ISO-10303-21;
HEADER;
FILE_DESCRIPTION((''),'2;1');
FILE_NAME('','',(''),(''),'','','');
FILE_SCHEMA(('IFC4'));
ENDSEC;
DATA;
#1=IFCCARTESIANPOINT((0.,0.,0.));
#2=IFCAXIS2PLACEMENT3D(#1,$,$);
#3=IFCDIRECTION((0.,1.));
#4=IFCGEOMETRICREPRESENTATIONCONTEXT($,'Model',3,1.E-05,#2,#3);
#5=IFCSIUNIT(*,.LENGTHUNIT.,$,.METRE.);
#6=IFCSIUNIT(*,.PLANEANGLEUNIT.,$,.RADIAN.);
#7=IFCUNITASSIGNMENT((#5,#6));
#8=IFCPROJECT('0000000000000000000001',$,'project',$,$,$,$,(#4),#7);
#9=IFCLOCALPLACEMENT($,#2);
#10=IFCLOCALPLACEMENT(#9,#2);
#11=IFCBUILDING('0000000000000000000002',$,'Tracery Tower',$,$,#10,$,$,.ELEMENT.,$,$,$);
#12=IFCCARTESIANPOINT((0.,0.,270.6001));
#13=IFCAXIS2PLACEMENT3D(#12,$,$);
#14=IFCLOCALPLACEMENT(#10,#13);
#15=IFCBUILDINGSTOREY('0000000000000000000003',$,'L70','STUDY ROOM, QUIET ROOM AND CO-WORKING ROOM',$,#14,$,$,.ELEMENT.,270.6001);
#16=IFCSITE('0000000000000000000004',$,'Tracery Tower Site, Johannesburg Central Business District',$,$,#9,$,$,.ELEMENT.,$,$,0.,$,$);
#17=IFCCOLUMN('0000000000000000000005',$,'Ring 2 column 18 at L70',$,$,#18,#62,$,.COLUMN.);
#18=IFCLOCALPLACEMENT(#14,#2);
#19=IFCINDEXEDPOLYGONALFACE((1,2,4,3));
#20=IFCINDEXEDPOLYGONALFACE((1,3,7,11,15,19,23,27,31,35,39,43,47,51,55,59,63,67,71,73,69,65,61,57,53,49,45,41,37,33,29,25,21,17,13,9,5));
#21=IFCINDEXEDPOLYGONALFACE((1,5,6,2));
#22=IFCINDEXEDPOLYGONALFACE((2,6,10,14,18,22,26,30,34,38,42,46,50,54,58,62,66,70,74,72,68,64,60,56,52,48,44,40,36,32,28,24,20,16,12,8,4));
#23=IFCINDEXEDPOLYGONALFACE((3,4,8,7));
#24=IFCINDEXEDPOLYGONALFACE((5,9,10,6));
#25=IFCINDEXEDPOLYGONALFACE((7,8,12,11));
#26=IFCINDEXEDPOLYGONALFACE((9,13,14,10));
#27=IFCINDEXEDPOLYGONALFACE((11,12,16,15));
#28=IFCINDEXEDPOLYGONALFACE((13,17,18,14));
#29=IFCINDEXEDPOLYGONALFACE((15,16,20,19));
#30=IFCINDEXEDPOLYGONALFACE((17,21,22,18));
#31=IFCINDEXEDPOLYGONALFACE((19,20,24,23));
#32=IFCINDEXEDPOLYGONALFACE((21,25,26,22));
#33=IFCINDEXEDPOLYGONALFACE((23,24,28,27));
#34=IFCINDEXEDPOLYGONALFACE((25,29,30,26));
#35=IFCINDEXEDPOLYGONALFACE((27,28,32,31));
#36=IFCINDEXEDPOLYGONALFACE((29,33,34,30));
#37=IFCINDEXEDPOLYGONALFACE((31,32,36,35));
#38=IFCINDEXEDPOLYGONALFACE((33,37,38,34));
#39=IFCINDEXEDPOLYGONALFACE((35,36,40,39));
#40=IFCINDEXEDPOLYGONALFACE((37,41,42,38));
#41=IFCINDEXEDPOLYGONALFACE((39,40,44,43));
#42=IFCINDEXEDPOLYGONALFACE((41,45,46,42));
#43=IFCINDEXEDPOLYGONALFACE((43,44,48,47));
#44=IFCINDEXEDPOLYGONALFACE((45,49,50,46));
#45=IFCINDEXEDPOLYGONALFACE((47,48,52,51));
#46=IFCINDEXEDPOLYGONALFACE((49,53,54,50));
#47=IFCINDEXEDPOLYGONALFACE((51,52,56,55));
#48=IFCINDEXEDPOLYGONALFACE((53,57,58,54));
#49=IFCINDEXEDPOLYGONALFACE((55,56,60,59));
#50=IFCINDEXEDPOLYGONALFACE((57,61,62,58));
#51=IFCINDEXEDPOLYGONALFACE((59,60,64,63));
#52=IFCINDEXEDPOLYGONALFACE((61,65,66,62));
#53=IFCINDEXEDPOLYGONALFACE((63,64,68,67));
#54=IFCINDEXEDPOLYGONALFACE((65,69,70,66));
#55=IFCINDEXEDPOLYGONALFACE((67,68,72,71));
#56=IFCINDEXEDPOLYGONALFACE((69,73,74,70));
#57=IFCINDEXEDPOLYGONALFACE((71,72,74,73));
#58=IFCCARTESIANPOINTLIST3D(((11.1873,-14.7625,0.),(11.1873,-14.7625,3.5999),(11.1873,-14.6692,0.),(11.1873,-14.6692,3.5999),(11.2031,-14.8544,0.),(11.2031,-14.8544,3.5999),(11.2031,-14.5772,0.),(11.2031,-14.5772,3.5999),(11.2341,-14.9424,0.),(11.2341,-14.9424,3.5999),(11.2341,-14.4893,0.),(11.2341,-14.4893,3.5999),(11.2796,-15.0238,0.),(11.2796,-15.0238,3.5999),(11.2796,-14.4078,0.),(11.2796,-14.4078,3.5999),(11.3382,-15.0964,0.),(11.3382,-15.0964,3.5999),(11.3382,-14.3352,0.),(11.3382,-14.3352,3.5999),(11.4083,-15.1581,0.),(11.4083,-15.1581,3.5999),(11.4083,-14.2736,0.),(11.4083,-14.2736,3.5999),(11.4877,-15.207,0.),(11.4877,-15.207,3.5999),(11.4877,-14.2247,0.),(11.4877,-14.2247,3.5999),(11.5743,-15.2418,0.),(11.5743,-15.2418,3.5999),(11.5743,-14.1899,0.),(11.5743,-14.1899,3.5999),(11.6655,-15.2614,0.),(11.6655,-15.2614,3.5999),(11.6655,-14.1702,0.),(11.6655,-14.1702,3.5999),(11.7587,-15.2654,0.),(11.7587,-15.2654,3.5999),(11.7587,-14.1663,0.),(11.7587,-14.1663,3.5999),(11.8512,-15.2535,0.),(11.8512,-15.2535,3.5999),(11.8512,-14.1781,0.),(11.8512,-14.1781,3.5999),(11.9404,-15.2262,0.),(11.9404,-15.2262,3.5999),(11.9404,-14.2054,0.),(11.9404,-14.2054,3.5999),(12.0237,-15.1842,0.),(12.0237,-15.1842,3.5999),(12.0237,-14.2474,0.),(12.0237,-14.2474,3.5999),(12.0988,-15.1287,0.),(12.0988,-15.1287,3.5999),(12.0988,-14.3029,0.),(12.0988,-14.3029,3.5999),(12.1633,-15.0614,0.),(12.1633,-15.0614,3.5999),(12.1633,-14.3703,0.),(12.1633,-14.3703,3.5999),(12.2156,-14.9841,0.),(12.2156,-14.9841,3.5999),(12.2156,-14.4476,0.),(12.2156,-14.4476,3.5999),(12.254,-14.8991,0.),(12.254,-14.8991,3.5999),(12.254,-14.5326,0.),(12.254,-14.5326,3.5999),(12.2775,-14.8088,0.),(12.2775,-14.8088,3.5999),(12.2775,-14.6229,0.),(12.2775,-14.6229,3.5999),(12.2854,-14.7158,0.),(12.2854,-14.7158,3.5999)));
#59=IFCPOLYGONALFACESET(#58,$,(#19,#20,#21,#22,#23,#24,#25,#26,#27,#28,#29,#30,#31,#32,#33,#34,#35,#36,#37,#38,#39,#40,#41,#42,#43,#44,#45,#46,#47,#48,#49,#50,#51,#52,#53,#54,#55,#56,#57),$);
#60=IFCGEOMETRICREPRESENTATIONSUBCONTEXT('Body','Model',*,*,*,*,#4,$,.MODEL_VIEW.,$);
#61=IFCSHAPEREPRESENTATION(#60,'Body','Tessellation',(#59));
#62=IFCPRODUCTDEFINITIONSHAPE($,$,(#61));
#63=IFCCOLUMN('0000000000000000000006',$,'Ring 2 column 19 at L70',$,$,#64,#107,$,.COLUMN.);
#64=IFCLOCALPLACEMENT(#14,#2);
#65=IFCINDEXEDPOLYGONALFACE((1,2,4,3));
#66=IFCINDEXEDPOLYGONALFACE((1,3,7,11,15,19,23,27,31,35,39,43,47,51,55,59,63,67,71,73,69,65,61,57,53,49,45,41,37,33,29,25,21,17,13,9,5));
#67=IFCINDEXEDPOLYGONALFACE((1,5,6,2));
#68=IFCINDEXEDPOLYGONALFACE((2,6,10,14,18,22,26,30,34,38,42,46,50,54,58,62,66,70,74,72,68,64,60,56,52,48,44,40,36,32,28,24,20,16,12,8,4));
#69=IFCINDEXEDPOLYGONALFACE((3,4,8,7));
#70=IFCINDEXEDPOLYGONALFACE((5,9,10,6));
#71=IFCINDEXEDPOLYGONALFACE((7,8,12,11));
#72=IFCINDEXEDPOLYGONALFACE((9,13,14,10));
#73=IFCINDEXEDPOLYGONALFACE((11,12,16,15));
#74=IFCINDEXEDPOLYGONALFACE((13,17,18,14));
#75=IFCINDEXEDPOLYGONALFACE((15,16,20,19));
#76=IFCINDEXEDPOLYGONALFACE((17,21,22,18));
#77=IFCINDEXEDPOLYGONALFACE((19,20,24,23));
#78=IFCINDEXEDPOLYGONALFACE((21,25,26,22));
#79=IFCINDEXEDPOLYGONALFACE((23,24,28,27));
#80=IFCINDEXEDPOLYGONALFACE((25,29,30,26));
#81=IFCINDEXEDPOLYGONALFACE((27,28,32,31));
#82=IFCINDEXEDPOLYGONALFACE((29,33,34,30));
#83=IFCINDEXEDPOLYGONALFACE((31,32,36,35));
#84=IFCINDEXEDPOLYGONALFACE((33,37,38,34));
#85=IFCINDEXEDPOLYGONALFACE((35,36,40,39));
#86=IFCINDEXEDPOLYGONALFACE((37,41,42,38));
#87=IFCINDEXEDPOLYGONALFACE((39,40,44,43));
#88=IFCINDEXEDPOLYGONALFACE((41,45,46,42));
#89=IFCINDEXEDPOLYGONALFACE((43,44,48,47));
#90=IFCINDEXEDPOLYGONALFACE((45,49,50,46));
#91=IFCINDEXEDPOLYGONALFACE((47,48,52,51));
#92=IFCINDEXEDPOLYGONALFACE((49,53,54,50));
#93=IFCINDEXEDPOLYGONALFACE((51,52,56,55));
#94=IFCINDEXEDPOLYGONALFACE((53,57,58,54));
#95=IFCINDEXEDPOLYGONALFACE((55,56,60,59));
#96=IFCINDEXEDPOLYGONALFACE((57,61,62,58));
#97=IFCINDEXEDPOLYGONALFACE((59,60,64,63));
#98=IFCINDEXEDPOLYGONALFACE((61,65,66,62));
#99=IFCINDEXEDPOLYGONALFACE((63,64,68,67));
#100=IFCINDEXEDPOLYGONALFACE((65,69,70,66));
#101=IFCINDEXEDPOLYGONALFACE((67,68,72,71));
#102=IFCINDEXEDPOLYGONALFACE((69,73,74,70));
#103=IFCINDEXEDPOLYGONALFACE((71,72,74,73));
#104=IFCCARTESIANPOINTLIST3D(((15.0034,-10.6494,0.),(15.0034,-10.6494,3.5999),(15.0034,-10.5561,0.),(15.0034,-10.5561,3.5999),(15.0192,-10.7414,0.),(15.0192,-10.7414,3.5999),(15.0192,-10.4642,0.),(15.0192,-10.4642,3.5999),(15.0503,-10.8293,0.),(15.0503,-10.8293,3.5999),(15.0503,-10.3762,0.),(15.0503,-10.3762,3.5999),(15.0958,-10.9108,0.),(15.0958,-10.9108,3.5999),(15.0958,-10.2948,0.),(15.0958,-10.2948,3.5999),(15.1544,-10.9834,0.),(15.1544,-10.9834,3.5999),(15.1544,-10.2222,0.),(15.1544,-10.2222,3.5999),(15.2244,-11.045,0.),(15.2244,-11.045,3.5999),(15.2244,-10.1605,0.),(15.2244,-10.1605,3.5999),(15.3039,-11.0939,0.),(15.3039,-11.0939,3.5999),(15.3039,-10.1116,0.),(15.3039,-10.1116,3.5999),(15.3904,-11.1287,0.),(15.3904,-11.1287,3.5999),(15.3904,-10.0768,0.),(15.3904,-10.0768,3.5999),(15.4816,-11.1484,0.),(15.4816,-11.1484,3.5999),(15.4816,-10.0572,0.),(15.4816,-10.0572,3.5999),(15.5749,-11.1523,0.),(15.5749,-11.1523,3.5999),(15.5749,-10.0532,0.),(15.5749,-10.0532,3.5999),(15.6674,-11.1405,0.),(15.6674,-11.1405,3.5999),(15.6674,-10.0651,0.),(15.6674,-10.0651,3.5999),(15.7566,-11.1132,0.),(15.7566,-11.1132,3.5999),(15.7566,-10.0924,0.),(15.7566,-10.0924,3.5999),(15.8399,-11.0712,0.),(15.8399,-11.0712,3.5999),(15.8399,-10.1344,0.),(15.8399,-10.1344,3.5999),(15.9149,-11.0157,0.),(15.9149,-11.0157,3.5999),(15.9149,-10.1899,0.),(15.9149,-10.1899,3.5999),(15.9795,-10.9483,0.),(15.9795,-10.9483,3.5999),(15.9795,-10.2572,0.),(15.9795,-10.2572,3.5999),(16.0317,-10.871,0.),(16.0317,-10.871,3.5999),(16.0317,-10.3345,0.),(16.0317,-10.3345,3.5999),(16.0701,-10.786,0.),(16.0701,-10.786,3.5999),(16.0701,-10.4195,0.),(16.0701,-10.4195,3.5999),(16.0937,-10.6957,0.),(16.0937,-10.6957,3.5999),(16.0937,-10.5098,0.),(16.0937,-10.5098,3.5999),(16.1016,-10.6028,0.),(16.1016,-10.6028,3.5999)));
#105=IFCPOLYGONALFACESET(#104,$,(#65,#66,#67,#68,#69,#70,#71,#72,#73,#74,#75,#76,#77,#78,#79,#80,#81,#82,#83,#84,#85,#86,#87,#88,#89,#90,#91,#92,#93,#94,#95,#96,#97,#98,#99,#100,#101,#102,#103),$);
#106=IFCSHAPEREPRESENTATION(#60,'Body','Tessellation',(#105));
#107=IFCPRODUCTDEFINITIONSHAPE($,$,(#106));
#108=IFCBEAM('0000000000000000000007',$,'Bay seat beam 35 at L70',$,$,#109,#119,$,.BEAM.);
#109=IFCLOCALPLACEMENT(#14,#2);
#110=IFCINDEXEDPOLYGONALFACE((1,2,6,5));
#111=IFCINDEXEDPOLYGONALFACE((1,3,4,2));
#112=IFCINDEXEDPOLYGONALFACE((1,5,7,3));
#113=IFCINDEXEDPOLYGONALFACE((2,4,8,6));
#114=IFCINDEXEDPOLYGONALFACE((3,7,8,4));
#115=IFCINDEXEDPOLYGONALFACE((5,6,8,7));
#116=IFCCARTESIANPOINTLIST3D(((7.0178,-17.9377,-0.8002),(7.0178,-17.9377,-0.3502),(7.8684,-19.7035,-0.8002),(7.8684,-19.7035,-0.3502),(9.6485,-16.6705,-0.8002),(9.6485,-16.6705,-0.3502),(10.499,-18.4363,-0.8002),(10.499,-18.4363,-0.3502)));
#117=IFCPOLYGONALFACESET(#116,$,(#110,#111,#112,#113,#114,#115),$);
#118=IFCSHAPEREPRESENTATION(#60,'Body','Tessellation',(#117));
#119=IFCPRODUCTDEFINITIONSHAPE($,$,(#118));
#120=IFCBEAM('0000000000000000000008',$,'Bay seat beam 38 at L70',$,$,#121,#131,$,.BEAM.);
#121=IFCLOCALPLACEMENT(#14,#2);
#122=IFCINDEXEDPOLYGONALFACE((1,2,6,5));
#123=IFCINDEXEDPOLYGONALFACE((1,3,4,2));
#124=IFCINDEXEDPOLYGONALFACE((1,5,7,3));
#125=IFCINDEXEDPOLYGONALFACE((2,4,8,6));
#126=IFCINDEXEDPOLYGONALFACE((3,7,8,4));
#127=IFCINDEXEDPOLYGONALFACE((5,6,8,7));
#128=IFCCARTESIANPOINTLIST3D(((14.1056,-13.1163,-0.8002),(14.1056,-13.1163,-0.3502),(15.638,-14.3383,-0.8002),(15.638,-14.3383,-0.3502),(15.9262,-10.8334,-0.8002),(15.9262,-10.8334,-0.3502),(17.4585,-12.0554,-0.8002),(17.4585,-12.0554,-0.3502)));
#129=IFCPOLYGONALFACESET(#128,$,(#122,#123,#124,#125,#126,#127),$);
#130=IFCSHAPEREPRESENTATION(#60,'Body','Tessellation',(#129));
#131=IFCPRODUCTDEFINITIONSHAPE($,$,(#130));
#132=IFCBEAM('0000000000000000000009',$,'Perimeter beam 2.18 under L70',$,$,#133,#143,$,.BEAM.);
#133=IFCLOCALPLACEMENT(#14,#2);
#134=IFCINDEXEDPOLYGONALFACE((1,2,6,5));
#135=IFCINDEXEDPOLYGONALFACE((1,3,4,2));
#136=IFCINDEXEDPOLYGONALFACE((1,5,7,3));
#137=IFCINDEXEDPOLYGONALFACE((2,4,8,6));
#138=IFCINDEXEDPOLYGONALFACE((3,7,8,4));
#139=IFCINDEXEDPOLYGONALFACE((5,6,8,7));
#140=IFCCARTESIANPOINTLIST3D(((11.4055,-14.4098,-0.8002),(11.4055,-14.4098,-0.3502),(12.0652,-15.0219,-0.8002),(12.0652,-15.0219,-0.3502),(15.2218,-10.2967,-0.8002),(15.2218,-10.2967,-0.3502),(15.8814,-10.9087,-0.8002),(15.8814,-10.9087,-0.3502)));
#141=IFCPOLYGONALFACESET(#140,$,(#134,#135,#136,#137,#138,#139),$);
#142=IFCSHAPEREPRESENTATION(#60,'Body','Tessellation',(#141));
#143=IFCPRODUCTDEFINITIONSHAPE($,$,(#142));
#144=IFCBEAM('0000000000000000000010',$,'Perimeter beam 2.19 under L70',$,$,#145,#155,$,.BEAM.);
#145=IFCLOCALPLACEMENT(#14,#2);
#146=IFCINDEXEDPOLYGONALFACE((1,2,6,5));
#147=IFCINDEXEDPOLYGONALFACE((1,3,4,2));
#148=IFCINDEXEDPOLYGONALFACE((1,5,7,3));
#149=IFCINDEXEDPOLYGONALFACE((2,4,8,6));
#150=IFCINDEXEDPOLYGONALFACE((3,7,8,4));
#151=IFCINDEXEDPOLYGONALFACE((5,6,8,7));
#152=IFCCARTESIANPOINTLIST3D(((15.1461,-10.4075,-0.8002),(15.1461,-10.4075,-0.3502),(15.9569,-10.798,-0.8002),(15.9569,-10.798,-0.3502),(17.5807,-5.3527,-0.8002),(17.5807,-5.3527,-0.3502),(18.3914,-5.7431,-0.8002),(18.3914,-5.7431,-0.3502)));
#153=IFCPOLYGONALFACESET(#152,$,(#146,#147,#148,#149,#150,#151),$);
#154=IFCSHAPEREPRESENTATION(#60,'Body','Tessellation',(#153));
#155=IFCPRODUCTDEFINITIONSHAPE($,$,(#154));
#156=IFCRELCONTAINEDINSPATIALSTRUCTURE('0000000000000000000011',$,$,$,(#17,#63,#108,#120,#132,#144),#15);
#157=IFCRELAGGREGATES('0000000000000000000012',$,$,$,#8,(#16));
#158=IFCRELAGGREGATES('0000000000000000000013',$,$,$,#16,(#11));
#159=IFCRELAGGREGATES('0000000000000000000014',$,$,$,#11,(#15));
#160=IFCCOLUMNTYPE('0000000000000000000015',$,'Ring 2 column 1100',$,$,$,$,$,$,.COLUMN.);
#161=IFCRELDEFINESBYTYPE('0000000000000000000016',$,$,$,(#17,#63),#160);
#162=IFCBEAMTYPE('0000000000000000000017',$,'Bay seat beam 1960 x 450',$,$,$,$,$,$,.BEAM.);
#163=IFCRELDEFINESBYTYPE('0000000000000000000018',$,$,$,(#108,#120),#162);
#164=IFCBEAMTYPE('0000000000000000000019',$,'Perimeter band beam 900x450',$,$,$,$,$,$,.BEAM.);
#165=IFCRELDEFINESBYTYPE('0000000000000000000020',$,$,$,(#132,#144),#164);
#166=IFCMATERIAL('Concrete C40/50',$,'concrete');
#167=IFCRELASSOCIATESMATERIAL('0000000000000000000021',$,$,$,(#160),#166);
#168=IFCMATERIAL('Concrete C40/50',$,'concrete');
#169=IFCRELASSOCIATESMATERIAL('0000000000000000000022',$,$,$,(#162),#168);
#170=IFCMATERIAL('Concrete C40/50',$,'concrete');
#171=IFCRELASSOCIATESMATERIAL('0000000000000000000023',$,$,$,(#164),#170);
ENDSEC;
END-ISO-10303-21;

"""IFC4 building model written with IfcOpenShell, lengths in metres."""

from ifc_helpers import new_model, si_unit, direction, frame, origin, origin_2d, place, context, subcontext, project, spatial, rectangle, circle, extrude, material, material_profile, profile_set, type_object, element, save


model = new_model("IFC4")

# Units and contexts
model_context = context("Model", 3, precision=1e-05, world=origin(), true_north=direction((0.0, 1.0)))
body_context = subcontext(model_context, "Body", "Model", "MODEL_VIEW")
ifc_project = project(units=[si_unit("LENGTHUNIT", "METRE"), si_unit("PLANEANGLEUNIT", "RADIAN")], contexts=[model_context])

# Site, building, storey
site_placement = place(None, origin())
site = spatial("IfcSite", under=ifc_project, at=site_placement, Name="Tracery Tower Site, Johannesburg Central Business District", CompositionType="ELEMENT", RefElevation=0.0)
building_placement = place(site_placement, origin())
building = spatial("IfcBuilding", under=site, at=building_placement, Name="Tracery Tower", CompositionType="ELEMENT")
storey_placement = place(building_placement, frame((0.0, 0.0, 270.6001)))
storey = spatial("IfcBuildingStorey", under=building, at=storey_placement, Name="L70", Description="STUDY ROOM, QUIET ROOM AND CO-WORKING ROOM", CompositionType="ELEMENT", Elevation=270.6001)

# Columns
ifc_material_1 = material(Name="Concrete C40/50", Category="concrete")
ifc_material_profile_1 = material_profile(ifc_material_1, circle(Radius=0.55, at=origin_2d()), Name="RC D1100")
ifc_profile_set_1 = profile_set([ifc_material_profile_1], Name="Concrete C40/50")
column_type = type_object("IfcColumnType", Name="Ring 2 column 1100", PredefinedType="COLUMN", material=ifc_profile_set_1)
for number, where, z_axis, x_axis, name in (
    (1, (11.7354, -14.7158, 0.0), (0.0, 0.0, 1.0), (1.0, 0.0, 0.0), "Ring 2 column 18 at L70"),
    (2, (15.5515, -10.6028, 0.0), (0.0, 0.0, 1.0), (1.0, 0.0, 0.0), "Ring 2 column 19 at L70"),
):
    element("IfcColumn", number, at=place(storey_placement, frame(where, z_axis=z_axis, x_axis=x_axis)), inside=storey, type_object=column_type, Name=name, PredefinedType="COLUMN", context=body_context, shape_type="SweptSolid", body=[
        extrude(circle(Radius=0.55, at=origin_2d()), origin(), (0.0, 0.0, 1.0), 3.5999),
    ])

# Beams
ifc_material_2 = material(Name="Concrete C40/50", Category="concrete")
ifc_material_profile_2 = material_profile(ifc_material_2, rectangle(XDim=1.96, YDim=0.45, at=origin_2d()), Name="RC 1960x450")
ifc_profile_set_2 = profile_set([ifc_material_profile_2], Name="Concrete C40/50")
beam_type_1 = type_object("IfcBeamType", Name="Bay seat beam 1960 x 450", PredefinedType="BEAM", material=ifc_profile_set_2)
for number, where, z_axis, x_axis, name in (
    (3, (7.4431, -18.8206, -0.5752), (0.900935, 0.433954, 0.0), (-0.433954, 0.900935, 0.0), "Bay seat beam 35 at L70"),
    (4, (14.8718, -13.7273, -0.5752), (0.623481, 0.781839, 0.0), (-0.781839, 0.623481, 0.0), "Bay seat beam 38 at L70"),
):
    element("IfcBeam", number, at=place(storey_placement, frame(where, z_axis=z_axis, x_axis=x_axis)), inside=storey, type_object=beam_type_1, Name=name, PredefinedType="BEAM", context=body_context, shape_type="SweptSolid", body=[
        extrude(rectangle(XDim=1.96, YDim=0.45, at=origin_2d()), origin(), (0.0, 0.0, 1.0), 2.9199),
    ])
ifc_material_3 = material(Name="Concrete C40/50", Category="concrete")
ifc_material_profile_3 = material_profile(ifc_material_3, rectangle(XDim=0.8999, YDim=0.45, at=origin_2d()), Name="RC 900x450")
ifc_profile_set_3 = profile_set([ifc_material_profile_3], Name="Concrete C40/50")
beam_type_2 = type_object("IfcBeamType", Name="Perimeter band beam 900x450", PredefinedType="BEAM", material=ifc_profile_set_3)
beam_1_placement = place(storey_placement, frame((11.7354, -14.7158, -0.5752), z_axis=(0.680156, 0.733068, 0.0), x_axis=(-0.733068, 0.680156, 0.0)))
element("IfcBeam", 5, at=beam_1_placement, inside=storey, type_object=beam_type_2, Name="Perimeter beam 2.18 under L70", PredefinedType="BEAM", context=body_context, shape_type="SweptSolid", body=[
    extrude(rectangle(XDim=0.8999, YDim=0.45, at=origin_2d()), origin(), (0.0, 0.0, 1.0), 5.6108),
])
beam_2_placement = place(storey_placement, frame((15.5515, -10.6028, -0.5752), z_axis=(0.433919, 0.900952, 0.0), x_axis=(-0.900952, 0.433919, 0.0)))
element("IfcBeam", 6, at=beam_2_placement, inside=storey, type_object=beam_type_2, Name="Perimeter beam 2.19 under L70", PredefinedType="BEAM", context=body_context, shape_type="SweptSolid", body=[
    extrude(rectangle(XDim=0.8999, YDim=0.45, at=origin_2d()), origin(), (0.0, 0.0, 1.0), 5.6106),
])

save(model, "model.ifc")
